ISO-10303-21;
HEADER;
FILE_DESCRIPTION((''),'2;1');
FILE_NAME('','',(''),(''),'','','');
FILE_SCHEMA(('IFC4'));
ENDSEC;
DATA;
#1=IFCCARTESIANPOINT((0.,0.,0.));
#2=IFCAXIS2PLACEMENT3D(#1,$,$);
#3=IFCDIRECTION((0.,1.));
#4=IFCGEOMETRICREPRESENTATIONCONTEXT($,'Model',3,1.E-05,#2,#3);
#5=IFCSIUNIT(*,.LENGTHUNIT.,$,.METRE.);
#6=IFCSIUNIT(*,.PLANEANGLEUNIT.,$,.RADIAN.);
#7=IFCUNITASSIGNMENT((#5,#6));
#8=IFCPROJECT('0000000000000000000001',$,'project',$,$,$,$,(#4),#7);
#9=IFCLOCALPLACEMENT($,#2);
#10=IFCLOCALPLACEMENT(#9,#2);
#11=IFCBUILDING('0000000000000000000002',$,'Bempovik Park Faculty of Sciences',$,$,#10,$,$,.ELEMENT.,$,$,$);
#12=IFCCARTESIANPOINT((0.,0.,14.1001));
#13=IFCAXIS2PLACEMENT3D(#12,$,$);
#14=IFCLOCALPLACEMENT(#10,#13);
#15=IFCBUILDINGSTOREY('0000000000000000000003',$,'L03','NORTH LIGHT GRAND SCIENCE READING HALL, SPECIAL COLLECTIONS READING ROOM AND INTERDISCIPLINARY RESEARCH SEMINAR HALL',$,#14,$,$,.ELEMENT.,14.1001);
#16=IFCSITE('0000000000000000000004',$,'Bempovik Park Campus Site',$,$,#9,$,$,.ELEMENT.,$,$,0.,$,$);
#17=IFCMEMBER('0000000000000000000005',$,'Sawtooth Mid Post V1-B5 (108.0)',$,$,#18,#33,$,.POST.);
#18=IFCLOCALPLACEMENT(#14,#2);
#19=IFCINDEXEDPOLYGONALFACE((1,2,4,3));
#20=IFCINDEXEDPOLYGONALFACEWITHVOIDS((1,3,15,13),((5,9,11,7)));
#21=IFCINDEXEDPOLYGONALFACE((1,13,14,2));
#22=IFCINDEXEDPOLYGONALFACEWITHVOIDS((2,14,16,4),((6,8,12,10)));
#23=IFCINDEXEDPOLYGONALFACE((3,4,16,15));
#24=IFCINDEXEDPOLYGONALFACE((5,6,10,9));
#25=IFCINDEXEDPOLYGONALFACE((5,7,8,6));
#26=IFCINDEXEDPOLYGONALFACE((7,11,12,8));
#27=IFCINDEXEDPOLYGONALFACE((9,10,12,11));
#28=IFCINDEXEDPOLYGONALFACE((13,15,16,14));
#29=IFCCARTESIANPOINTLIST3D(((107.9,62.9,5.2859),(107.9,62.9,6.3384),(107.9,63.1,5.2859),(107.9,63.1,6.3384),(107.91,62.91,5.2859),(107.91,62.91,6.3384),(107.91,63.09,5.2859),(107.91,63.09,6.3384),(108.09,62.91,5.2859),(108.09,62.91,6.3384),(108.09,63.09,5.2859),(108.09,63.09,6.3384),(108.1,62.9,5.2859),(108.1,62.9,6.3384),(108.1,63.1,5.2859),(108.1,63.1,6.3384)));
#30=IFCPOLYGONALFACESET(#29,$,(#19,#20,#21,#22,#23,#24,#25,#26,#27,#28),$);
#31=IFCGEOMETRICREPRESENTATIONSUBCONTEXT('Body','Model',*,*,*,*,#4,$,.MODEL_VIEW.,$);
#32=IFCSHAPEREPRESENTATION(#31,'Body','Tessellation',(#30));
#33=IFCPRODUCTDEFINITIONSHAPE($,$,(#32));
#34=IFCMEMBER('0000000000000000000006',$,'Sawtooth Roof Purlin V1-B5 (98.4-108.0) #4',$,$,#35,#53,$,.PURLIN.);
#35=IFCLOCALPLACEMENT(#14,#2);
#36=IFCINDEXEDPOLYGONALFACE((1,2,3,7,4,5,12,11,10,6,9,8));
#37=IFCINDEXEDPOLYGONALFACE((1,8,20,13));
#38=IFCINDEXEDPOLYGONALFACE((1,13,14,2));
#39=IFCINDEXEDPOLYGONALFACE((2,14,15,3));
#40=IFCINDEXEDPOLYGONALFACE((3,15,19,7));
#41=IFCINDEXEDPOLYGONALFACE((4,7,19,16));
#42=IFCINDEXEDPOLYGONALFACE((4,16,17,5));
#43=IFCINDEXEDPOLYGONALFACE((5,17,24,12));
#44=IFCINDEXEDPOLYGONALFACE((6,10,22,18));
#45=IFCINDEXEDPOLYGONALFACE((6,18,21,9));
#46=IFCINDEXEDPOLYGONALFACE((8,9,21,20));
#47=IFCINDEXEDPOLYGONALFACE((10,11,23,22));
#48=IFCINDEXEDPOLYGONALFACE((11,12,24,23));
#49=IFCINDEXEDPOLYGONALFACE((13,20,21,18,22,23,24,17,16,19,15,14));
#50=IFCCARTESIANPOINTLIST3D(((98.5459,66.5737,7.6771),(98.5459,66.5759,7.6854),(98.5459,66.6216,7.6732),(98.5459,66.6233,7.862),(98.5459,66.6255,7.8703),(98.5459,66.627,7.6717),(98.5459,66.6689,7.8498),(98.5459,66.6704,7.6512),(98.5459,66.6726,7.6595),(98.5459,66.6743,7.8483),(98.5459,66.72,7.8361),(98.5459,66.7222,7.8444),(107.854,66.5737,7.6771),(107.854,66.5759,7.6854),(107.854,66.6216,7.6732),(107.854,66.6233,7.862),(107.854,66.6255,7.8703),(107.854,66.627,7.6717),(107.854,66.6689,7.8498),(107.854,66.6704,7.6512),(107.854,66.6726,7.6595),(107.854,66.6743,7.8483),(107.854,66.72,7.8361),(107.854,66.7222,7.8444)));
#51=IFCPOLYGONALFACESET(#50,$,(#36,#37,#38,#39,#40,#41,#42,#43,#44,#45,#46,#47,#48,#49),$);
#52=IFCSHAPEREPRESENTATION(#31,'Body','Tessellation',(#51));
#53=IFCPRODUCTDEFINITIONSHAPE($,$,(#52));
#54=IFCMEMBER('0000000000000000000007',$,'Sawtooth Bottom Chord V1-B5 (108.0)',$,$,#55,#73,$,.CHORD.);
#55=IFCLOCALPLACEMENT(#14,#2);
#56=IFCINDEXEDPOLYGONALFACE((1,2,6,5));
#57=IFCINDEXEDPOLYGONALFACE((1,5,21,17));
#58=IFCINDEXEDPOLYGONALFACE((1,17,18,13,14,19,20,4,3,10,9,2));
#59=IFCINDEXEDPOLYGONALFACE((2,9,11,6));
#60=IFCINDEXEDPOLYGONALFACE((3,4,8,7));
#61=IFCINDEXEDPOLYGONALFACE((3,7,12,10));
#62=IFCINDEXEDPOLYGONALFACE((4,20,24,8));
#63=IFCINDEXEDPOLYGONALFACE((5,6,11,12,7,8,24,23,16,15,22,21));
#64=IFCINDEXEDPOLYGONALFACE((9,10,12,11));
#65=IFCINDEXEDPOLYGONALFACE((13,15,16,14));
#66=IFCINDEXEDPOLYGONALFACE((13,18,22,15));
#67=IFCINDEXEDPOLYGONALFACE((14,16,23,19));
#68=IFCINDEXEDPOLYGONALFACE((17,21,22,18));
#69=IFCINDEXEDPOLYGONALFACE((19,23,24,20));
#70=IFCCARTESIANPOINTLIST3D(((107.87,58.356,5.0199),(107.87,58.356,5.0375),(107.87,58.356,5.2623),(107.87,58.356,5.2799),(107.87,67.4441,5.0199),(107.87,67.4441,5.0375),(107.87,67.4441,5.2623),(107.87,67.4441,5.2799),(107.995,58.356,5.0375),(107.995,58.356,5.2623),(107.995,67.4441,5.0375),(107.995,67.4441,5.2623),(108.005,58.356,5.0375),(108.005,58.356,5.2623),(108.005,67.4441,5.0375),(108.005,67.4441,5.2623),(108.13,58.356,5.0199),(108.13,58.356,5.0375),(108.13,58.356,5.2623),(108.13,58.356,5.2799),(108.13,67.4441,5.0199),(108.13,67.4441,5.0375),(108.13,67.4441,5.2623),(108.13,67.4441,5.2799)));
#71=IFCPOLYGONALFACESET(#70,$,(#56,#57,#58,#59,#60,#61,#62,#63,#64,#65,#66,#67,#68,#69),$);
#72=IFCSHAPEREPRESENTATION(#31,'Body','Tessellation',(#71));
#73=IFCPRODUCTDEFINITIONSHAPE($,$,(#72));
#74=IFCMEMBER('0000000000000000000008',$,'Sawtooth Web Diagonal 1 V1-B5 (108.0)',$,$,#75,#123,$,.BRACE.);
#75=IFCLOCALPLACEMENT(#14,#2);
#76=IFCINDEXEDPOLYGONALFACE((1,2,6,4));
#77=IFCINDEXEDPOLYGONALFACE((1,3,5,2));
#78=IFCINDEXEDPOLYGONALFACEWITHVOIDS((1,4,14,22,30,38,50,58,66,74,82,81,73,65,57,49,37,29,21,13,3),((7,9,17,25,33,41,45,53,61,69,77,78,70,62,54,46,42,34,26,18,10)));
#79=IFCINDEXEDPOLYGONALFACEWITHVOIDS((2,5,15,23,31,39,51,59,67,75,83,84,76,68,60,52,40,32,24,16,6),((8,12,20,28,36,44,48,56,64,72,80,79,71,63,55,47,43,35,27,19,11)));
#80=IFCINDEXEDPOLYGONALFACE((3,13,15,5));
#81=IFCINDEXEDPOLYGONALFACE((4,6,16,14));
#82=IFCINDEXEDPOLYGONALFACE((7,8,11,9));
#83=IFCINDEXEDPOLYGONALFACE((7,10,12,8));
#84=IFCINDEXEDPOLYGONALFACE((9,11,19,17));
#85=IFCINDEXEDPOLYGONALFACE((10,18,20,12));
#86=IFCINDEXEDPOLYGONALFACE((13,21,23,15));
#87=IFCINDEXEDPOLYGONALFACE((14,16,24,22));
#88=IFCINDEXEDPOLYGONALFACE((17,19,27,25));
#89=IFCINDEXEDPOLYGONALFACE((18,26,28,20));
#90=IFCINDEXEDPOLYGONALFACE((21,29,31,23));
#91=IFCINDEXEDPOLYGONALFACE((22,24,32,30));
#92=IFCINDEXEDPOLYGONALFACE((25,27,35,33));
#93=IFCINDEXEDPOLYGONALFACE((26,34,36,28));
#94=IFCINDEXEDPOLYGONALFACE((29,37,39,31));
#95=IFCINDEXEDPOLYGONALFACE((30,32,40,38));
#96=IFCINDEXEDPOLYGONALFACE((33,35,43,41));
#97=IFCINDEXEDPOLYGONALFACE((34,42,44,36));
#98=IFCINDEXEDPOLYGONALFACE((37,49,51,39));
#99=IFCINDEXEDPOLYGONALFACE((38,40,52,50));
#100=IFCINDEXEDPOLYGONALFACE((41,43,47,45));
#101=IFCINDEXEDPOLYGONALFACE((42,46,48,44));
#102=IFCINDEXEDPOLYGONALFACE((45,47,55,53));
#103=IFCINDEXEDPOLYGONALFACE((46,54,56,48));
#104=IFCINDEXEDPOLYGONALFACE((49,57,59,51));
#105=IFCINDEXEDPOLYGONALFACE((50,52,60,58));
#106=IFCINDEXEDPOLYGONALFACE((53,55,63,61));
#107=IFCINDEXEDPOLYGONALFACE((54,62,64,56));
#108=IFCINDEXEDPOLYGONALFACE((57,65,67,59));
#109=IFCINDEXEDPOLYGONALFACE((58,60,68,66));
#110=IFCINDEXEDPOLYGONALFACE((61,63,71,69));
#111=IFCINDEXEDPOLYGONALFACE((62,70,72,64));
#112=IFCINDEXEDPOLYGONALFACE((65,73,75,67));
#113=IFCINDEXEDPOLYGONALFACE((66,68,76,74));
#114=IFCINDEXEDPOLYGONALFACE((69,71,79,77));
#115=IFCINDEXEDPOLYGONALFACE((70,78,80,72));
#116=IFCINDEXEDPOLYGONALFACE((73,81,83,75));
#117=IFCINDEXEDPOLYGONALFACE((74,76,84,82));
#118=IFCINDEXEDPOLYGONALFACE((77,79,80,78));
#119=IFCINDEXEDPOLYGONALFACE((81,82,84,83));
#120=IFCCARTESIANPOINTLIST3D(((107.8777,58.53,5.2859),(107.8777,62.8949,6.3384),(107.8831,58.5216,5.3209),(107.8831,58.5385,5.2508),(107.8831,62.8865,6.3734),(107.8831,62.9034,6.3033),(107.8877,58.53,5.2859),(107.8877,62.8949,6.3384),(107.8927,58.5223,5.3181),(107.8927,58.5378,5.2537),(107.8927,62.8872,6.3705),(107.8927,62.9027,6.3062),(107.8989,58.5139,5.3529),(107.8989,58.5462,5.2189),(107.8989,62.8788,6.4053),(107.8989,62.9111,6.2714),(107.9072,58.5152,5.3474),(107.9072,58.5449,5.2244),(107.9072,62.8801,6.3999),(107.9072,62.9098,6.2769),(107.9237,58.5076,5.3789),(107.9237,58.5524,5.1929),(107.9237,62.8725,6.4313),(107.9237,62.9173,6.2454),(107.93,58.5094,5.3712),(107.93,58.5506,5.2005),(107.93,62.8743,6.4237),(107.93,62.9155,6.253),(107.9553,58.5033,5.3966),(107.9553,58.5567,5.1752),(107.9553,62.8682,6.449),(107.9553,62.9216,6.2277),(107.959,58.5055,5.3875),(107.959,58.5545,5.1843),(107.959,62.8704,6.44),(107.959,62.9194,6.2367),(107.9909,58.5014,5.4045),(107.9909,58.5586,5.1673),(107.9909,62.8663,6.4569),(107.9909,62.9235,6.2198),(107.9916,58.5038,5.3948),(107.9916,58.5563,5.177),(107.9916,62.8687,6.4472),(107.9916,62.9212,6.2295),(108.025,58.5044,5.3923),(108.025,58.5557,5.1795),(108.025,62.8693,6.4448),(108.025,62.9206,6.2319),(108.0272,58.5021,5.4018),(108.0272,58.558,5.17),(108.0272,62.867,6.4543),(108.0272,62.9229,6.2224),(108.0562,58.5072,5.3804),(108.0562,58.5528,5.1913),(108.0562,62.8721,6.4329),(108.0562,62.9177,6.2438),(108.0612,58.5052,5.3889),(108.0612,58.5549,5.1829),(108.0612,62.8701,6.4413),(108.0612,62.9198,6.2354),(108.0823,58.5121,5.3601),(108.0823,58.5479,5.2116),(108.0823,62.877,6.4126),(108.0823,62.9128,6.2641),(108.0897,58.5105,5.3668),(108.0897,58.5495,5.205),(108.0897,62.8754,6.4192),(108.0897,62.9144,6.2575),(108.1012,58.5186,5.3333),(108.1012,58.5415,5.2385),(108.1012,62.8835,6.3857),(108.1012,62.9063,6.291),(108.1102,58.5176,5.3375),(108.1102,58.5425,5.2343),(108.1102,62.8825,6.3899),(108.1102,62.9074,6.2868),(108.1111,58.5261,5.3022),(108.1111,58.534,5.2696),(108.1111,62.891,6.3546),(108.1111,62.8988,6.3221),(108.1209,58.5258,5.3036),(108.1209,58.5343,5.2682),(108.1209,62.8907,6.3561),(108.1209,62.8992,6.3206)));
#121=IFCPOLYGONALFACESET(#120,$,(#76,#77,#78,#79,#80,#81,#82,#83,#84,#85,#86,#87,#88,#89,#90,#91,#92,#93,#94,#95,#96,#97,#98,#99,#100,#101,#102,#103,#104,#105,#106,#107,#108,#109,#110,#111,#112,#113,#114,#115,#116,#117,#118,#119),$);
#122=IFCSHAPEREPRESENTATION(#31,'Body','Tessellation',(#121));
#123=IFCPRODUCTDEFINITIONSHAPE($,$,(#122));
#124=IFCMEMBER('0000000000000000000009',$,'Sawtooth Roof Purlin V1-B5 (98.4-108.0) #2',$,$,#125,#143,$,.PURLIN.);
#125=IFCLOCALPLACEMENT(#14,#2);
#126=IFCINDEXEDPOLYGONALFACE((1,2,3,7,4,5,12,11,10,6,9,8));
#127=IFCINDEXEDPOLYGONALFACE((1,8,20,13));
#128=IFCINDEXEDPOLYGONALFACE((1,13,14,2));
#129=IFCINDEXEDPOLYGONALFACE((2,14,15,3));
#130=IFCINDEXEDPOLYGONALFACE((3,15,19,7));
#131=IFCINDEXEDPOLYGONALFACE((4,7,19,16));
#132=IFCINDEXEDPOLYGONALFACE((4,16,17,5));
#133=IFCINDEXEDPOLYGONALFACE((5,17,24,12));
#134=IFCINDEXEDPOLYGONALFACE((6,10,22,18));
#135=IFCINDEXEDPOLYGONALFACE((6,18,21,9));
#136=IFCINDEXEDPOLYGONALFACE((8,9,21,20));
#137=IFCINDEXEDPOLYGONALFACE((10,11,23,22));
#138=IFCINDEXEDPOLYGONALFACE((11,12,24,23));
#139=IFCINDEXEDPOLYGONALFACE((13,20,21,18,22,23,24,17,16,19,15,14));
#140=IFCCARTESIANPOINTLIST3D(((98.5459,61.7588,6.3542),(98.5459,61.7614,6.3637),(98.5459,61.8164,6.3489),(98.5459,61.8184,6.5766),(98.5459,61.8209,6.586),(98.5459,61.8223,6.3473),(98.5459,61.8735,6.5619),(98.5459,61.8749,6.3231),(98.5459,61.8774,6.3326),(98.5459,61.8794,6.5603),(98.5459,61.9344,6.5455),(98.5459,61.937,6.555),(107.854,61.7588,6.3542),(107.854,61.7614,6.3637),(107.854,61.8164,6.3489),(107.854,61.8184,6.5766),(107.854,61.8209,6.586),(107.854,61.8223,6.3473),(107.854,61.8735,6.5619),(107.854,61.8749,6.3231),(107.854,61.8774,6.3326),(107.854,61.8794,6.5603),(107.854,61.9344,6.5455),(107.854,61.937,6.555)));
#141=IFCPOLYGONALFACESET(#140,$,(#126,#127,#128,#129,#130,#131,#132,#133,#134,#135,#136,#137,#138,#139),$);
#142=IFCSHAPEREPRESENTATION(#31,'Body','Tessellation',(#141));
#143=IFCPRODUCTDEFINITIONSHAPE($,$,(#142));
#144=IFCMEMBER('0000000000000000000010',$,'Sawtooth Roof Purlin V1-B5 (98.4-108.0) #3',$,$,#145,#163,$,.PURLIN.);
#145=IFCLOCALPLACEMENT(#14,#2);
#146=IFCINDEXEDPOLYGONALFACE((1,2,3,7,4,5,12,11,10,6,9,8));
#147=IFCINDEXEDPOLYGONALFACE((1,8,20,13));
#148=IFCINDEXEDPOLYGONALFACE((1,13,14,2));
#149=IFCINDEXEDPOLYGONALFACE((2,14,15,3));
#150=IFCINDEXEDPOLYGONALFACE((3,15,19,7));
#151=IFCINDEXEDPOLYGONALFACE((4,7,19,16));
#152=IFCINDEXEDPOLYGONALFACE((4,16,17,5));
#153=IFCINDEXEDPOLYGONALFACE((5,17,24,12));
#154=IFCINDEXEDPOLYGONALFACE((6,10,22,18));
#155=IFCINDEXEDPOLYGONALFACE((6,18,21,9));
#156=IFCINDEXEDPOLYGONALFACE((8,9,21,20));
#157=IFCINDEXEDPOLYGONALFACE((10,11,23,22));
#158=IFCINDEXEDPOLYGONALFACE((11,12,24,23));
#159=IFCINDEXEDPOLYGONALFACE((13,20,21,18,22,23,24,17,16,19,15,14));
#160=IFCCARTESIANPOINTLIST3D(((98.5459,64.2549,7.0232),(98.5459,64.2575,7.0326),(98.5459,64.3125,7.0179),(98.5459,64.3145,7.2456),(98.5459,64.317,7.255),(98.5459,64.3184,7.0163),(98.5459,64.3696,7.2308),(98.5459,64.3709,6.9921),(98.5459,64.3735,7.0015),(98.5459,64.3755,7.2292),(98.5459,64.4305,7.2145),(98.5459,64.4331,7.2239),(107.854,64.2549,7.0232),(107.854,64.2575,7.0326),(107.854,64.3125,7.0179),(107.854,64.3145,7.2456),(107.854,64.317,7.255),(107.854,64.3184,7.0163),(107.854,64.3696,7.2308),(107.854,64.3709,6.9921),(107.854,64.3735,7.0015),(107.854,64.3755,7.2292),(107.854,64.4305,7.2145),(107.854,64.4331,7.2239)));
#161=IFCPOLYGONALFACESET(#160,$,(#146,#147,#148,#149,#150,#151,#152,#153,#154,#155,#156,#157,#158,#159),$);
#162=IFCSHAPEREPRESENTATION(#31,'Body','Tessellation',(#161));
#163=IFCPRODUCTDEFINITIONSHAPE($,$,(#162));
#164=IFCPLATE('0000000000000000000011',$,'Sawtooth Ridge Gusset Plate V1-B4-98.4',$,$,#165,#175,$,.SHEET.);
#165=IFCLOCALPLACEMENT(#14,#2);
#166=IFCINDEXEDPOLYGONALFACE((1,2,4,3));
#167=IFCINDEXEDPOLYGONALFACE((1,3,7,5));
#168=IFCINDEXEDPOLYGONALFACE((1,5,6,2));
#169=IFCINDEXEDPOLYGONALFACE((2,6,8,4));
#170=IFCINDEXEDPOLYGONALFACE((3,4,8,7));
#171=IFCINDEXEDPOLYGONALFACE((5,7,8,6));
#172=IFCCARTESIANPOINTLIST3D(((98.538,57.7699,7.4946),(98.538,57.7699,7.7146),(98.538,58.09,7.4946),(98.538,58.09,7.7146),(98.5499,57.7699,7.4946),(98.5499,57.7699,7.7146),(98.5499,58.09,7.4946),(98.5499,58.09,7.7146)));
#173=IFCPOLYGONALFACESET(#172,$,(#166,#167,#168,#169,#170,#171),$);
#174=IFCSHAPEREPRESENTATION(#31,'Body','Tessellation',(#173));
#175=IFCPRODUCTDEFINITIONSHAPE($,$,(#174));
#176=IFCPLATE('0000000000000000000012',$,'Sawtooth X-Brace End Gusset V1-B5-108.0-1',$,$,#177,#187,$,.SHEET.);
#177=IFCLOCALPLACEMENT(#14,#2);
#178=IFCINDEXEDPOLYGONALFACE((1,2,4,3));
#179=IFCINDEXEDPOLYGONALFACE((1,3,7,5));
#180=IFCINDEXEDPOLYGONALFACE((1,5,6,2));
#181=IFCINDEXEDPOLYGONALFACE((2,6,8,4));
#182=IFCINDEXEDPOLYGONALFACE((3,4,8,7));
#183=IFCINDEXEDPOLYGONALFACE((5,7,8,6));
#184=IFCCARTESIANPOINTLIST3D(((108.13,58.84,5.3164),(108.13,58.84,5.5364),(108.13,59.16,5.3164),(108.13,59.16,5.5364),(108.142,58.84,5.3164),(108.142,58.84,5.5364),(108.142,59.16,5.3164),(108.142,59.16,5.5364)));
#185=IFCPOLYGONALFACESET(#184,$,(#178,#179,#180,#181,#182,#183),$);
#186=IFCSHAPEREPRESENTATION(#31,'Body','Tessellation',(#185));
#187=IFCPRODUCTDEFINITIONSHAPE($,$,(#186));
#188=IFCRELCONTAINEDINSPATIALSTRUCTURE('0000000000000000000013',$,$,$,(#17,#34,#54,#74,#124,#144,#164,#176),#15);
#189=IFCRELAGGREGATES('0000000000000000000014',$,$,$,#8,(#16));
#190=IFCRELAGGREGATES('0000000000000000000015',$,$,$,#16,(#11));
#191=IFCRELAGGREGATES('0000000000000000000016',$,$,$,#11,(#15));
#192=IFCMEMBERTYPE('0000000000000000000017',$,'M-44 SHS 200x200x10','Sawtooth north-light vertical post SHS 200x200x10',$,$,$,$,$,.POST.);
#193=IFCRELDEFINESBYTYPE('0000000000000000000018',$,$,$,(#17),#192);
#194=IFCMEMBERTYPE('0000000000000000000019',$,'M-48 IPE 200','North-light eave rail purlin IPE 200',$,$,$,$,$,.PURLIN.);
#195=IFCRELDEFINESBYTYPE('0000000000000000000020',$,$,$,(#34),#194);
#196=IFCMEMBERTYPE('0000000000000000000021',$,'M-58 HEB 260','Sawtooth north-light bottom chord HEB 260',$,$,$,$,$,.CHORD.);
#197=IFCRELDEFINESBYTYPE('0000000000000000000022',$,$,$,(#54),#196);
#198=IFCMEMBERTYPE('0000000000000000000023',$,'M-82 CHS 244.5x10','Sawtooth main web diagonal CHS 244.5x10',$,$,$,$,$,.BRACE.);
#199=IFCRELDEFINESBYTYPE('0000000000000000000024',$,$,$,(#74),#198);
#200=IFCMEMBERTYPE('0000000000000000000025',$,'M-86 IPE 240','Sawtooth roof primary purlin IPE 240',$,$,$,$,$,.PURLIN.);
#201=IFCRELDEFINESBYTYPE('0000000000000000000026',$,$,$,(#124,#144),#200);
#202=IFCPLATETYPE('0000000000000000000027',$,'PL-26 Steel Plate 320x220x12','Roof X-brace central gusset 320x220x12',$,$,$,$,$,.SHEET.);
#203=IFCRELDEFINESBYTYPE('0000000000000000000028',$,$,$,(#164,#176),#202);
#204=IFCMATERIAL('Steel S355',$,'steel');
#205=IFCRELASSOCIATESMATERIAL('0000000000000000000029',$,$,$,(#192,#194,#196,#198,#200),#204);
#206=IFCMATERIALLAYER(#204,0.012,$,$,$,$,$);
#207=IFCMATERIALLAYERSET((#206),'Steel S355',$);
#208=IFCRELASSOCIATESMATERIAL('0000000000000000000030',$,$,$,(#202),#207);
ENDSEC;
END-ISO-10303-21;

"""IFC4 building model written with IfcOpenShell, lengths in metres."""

from ifc_helpers import new_model, si_unit, direction, frame, origin, origin_2d, place, context, subcontext, project, spatial, rectangle, hollow_rectangle, hollow_circle, i_section, extrude, material, layer, layer_set, material_profile, profile_set, type_object, element, save


model = new_model("IFC4")

# Units and contexts
model_context = context("Model", 3, precision=1e-05, world=origin(), true_north=direction((0.0, 1.0)))
body_context = subcontext(model_context, "Body", "Model", "MODEL_VIEW")
ifc_project = project(units=[si_unit("LENGTHUNIT", "METRE"), si_unit("PLANEANGLEUNIT", "RADIAN")], contexts=[model_context])

# Site, building, storey
site_placement = place(None, origin())
site = spatial("IfcSite", under=ifc_project, at=site_placement, Name="Bempovik Park Campus Site", CompositionType="ELEMENT", RefElevation=0.0)
building_placement = place(site_placement, origin())
building = spatial("IfcBuilding", under=site, at=building_placement, Name="Bempovik Park Faculty of Sciences", CompositionType="ELEMENT")
storey_placement = place(building_placement, frame((0.0, 0.0, 14.1001)))
storey = spatial("IfcBuildingStorey", under=building, at=storey_placement, Name="L03", Description="NORTH LIGHT GRAND SCIENCE READING HALL, SPECIAL COLLECTIONS READING ROOM AND INTERDISCIPLINARY RESEARCH SEMINAR HALL", CompositionType="ELEMENT", Elevation=14.1001)

# Shared definitions
ifc_material_1 = material(Name="Steel S355", Category="steel")

# Members
ifc_material_profile_1 = material_profile(ifc_material_1, hollow_rectangle(XDim=0.2, YDim=0.2, WallThickness=0.01, at=origin_2d()), Name="SHS 200x200x10")
ifc_profile_set_1 = profile_set([ifc_material_profile_1], Name="Steel S355")
member_type_1 = type_object("IfcMemberType", Name="M-44 SHS 200x200x10", Description="Sawtooth north-light vertical post SHS 200x200x10", PredefinedType="POST", material=ifc_profile_set_1)
member_1_placement = place(storey_placement, frame((108.0, 63.0, 5.2859), z_axis=(0.0, 0.0, 1.0), x_axis=(1.0, 0.0, 0.0)))
element("IfcMember", 1, at=member_1_placement, inside=storey, type_object=member_type_1, Name="Sawtooth Mid Post V1-B5 (108.0)", PredefinedType="POST", context=body_context, shape_type="SweptSolid", body=[
    extrude(hollow_rectangle(XDim=0.2, YDim=0.2, WallThickness=0.01, at=origin_2d()), origin(), (0.0, 0.0, 1.0), 1.0525),
])
ifc_material_profile_2 = material_profile(ifc_material_1, i_section(OverallWidth=0.1001, OverallDepth=0.2, WebThickness=0.0056, FlangeThickness=0.0085, at=origin_2d()), Name="IPE 200")
ifc_profile_set_2 = profile_set([ifc_material_profile_2], Name="Steel S355")
member_type_2 = type_object("IfcMemberType", Name="M-48 IPE 200", Description="North-light eave rail purlin IPE 200", PredefinedType="PURLIN", material=ifc_profile_set_2)
member_2_placement = place(storey_placement, frame((98.5459, 66.6479, 7.7607), z_axis=(1.0, 0.0, 0.0), x_axis=(0.0, 0.965926, -0.258819)))
element("IfcMember", 2, at=member_2_placement, inside=storey, type_object=member_type_2, Name="Sawtooth Roof Purlin V1-B5 (98.4-108.0) #4", PredefinedType="PURLIN", context=body_context, shape_type="SweptSolid", body=[
    extrude(i_section(OverallWidth=0.1001, OverallDepth=0.2, WebThickness=0.0056, FlangeThickness=0.0085, at=origin_2d()), origin(), (0.0, 0.0, 1.0), 9.3081),
])
ifc_material_profile_3 = material_profile(ifc_material_1, i_section(OverallWidth=0.26, OverallDepth=0.26, WebThickness=0.01, FlangeThickness=0.0176, at=origin_2d()), Name="HEB 260")
ifc_profile_set_3 = profile_set([ifc_material_profile_3], Name="Steel S355")
member_type_3 = type_object("IfcMemberType", Name="M-58 HEB 260", Description="Sawtooth north-light bottom chord HEB 260", PredefinedType="CHORD", material=ifc_profile_set_3)
member_3_placement = place(storey_placement, frame((108.0, 58.356, 5.1499), z_axis=(0.0, 1.0, 0.0), x_axis=(-1.0, 0.0, 0.0)))
element("IfcMember", 3, at=member_3_placement, inside=storey, type_object=member_type_3, Name="Sawtooth Bottom Chord V1-B5 (108.0)", PredefinedType="CHORD", context=body_context, shape_type="SweptSolid", body=[
    extrude(i_section(OverallWidth=0.26, OverallDepth=0.26, WebThickness=0.01, FlangeThickness=0.0176, at=origin_2d()), origin(), (0.0, 0.0, 1.0), 9.0881),
])
ifc_material_profile_4 = material_profile(ifc_material_1, hollow_circle(Radius=0.1223, WallThickness=0.01, at=origin_2d()), Name="CHS 244.5x10")
ifc_profile_set_4 = profile_set([ifc_material_profile_4], Name="Steel S355")
member_type_4 = type_object("IfcMemberType", Name="M-82 CHS 244.5x10", Description="Sawtooth main web diagonal CHS 244.5x10", PredefinedType="BRACE", material=ifc_profile_set_4)
member_4_placement = place(storey_placement, frame((108.0, 58.53, 5.2859), z_axis=(0.0, 0.972139, 0.234403), x_axis=(-1.0, 0.0, 0.0)))
element("IfcMember", 4, at=member_4_placement, inside=storey, type_object=member_type_4, Name="Sawtooth Web Diagonal 1 V1-B5 (108.0)", PredefinedType="BRACE", context=body_context, shape_type="SweptSolid", body=[
    extrude(hollow_circle(Radius=0.1223, WallThickness=0.01, at=origin_2d()), origin(), (0.0, 0.0, 1.0), 4.49),
])
ifc_material_profile_5 = material_profile(ifc_material_1, i_section(OverallWidth=0.1201, OverallDepth=0.24, WebThickness=0.0061, FlangeThickness=0.0098, at=origin_2d()), Name="IPE 240")
ifc_profile_set_5 = profile_set([ifc_material_profile_5], Name="Steel S355")
member_type_5 = type_object("IfcMemberType", Name="M-86 IPE 240", Description="Sawtooth roof primary purlin IPE 240", PredefinedType="PURLIN", material=ifc_profile_set_5)
for number, where, z_axis, x_axis, name in (
    (5, (98.5459, 61.8479, 6.4546), (1.0, 0.0, 0.0), (0.0, 0.965926, -0.258819), "Sawtooth Roof Purlin V1-B5 (98.4-108.0) #2"),
    (6, (98.5459, 64.344, 7.1235), (1.0, 0.0, 0.0), (0.0, 0.965926, -0.258819), "Sawtooth Roof Purlin V1-B5 (98.4-108.0) #3"),
):
    element("IfcMember", number, at=place(storey_placement, frame(where, z_axis=z_axis, x_axis=x_axis)), inside=storey, type_object=member_type_5, Name=name, PredefinedType="PURLIN", context=body_context, shape_type="SweptSolid", body=[
        extrude(i_section(OverallWidth=0.1201, OverallDepth=0.24, WebThickness=0.0061, FlangeThickness=0.0098, at=origin_2d()), origin(), (0.0, 0.0, 1.0), 9.3081),
    ])

# Plates
ifc_layer_1 = layer(ifc_material_1, 0.012)
ifc_layer_set_1 = layer_set([ifc_layer_1], Name="Steel S355")
plate_type_1 = type_object("IfcPlateType", Name="PL-26 Steel Plate 320x220x12", Description="Roof X-brace central gusset 320x220x12", PredefinedType="SHEET", material=ifc_layer_set_1)
for number, where, z_axis, x_axis, name in (
    (7, (98.5439, 57.9299, 7.4946), (0.0, 0.0, 1.0), (1.0, 0.0, 0.0), "Sawtooth Ridge Gusset Plate V1-B4-98.4"),
    (8, (108.136, 59.0, 5.3164), (0.0, 0.0, 1.0), (1.0, 0.0, 0.0), "Sawtooth X-Brace End Gusset V1-B5-108.0-1"),
):
    element("IfcPlate", number, at=place(storey_placement, frame(where, z_axis=z_axis, x_axis=x_axis)), inside=storey, type_object=plate_type_1, Name=name, PredefinedType="SHEET", context=body_context, shape_type="SweptSolid", body=[
        extrude(rectangle(XDim=0.012, YDim=0.3201, at=origin_2d()), origin(), (0.0, 0.0, 1.0), 0.22),
    ])

save(model, "model.ifc")
